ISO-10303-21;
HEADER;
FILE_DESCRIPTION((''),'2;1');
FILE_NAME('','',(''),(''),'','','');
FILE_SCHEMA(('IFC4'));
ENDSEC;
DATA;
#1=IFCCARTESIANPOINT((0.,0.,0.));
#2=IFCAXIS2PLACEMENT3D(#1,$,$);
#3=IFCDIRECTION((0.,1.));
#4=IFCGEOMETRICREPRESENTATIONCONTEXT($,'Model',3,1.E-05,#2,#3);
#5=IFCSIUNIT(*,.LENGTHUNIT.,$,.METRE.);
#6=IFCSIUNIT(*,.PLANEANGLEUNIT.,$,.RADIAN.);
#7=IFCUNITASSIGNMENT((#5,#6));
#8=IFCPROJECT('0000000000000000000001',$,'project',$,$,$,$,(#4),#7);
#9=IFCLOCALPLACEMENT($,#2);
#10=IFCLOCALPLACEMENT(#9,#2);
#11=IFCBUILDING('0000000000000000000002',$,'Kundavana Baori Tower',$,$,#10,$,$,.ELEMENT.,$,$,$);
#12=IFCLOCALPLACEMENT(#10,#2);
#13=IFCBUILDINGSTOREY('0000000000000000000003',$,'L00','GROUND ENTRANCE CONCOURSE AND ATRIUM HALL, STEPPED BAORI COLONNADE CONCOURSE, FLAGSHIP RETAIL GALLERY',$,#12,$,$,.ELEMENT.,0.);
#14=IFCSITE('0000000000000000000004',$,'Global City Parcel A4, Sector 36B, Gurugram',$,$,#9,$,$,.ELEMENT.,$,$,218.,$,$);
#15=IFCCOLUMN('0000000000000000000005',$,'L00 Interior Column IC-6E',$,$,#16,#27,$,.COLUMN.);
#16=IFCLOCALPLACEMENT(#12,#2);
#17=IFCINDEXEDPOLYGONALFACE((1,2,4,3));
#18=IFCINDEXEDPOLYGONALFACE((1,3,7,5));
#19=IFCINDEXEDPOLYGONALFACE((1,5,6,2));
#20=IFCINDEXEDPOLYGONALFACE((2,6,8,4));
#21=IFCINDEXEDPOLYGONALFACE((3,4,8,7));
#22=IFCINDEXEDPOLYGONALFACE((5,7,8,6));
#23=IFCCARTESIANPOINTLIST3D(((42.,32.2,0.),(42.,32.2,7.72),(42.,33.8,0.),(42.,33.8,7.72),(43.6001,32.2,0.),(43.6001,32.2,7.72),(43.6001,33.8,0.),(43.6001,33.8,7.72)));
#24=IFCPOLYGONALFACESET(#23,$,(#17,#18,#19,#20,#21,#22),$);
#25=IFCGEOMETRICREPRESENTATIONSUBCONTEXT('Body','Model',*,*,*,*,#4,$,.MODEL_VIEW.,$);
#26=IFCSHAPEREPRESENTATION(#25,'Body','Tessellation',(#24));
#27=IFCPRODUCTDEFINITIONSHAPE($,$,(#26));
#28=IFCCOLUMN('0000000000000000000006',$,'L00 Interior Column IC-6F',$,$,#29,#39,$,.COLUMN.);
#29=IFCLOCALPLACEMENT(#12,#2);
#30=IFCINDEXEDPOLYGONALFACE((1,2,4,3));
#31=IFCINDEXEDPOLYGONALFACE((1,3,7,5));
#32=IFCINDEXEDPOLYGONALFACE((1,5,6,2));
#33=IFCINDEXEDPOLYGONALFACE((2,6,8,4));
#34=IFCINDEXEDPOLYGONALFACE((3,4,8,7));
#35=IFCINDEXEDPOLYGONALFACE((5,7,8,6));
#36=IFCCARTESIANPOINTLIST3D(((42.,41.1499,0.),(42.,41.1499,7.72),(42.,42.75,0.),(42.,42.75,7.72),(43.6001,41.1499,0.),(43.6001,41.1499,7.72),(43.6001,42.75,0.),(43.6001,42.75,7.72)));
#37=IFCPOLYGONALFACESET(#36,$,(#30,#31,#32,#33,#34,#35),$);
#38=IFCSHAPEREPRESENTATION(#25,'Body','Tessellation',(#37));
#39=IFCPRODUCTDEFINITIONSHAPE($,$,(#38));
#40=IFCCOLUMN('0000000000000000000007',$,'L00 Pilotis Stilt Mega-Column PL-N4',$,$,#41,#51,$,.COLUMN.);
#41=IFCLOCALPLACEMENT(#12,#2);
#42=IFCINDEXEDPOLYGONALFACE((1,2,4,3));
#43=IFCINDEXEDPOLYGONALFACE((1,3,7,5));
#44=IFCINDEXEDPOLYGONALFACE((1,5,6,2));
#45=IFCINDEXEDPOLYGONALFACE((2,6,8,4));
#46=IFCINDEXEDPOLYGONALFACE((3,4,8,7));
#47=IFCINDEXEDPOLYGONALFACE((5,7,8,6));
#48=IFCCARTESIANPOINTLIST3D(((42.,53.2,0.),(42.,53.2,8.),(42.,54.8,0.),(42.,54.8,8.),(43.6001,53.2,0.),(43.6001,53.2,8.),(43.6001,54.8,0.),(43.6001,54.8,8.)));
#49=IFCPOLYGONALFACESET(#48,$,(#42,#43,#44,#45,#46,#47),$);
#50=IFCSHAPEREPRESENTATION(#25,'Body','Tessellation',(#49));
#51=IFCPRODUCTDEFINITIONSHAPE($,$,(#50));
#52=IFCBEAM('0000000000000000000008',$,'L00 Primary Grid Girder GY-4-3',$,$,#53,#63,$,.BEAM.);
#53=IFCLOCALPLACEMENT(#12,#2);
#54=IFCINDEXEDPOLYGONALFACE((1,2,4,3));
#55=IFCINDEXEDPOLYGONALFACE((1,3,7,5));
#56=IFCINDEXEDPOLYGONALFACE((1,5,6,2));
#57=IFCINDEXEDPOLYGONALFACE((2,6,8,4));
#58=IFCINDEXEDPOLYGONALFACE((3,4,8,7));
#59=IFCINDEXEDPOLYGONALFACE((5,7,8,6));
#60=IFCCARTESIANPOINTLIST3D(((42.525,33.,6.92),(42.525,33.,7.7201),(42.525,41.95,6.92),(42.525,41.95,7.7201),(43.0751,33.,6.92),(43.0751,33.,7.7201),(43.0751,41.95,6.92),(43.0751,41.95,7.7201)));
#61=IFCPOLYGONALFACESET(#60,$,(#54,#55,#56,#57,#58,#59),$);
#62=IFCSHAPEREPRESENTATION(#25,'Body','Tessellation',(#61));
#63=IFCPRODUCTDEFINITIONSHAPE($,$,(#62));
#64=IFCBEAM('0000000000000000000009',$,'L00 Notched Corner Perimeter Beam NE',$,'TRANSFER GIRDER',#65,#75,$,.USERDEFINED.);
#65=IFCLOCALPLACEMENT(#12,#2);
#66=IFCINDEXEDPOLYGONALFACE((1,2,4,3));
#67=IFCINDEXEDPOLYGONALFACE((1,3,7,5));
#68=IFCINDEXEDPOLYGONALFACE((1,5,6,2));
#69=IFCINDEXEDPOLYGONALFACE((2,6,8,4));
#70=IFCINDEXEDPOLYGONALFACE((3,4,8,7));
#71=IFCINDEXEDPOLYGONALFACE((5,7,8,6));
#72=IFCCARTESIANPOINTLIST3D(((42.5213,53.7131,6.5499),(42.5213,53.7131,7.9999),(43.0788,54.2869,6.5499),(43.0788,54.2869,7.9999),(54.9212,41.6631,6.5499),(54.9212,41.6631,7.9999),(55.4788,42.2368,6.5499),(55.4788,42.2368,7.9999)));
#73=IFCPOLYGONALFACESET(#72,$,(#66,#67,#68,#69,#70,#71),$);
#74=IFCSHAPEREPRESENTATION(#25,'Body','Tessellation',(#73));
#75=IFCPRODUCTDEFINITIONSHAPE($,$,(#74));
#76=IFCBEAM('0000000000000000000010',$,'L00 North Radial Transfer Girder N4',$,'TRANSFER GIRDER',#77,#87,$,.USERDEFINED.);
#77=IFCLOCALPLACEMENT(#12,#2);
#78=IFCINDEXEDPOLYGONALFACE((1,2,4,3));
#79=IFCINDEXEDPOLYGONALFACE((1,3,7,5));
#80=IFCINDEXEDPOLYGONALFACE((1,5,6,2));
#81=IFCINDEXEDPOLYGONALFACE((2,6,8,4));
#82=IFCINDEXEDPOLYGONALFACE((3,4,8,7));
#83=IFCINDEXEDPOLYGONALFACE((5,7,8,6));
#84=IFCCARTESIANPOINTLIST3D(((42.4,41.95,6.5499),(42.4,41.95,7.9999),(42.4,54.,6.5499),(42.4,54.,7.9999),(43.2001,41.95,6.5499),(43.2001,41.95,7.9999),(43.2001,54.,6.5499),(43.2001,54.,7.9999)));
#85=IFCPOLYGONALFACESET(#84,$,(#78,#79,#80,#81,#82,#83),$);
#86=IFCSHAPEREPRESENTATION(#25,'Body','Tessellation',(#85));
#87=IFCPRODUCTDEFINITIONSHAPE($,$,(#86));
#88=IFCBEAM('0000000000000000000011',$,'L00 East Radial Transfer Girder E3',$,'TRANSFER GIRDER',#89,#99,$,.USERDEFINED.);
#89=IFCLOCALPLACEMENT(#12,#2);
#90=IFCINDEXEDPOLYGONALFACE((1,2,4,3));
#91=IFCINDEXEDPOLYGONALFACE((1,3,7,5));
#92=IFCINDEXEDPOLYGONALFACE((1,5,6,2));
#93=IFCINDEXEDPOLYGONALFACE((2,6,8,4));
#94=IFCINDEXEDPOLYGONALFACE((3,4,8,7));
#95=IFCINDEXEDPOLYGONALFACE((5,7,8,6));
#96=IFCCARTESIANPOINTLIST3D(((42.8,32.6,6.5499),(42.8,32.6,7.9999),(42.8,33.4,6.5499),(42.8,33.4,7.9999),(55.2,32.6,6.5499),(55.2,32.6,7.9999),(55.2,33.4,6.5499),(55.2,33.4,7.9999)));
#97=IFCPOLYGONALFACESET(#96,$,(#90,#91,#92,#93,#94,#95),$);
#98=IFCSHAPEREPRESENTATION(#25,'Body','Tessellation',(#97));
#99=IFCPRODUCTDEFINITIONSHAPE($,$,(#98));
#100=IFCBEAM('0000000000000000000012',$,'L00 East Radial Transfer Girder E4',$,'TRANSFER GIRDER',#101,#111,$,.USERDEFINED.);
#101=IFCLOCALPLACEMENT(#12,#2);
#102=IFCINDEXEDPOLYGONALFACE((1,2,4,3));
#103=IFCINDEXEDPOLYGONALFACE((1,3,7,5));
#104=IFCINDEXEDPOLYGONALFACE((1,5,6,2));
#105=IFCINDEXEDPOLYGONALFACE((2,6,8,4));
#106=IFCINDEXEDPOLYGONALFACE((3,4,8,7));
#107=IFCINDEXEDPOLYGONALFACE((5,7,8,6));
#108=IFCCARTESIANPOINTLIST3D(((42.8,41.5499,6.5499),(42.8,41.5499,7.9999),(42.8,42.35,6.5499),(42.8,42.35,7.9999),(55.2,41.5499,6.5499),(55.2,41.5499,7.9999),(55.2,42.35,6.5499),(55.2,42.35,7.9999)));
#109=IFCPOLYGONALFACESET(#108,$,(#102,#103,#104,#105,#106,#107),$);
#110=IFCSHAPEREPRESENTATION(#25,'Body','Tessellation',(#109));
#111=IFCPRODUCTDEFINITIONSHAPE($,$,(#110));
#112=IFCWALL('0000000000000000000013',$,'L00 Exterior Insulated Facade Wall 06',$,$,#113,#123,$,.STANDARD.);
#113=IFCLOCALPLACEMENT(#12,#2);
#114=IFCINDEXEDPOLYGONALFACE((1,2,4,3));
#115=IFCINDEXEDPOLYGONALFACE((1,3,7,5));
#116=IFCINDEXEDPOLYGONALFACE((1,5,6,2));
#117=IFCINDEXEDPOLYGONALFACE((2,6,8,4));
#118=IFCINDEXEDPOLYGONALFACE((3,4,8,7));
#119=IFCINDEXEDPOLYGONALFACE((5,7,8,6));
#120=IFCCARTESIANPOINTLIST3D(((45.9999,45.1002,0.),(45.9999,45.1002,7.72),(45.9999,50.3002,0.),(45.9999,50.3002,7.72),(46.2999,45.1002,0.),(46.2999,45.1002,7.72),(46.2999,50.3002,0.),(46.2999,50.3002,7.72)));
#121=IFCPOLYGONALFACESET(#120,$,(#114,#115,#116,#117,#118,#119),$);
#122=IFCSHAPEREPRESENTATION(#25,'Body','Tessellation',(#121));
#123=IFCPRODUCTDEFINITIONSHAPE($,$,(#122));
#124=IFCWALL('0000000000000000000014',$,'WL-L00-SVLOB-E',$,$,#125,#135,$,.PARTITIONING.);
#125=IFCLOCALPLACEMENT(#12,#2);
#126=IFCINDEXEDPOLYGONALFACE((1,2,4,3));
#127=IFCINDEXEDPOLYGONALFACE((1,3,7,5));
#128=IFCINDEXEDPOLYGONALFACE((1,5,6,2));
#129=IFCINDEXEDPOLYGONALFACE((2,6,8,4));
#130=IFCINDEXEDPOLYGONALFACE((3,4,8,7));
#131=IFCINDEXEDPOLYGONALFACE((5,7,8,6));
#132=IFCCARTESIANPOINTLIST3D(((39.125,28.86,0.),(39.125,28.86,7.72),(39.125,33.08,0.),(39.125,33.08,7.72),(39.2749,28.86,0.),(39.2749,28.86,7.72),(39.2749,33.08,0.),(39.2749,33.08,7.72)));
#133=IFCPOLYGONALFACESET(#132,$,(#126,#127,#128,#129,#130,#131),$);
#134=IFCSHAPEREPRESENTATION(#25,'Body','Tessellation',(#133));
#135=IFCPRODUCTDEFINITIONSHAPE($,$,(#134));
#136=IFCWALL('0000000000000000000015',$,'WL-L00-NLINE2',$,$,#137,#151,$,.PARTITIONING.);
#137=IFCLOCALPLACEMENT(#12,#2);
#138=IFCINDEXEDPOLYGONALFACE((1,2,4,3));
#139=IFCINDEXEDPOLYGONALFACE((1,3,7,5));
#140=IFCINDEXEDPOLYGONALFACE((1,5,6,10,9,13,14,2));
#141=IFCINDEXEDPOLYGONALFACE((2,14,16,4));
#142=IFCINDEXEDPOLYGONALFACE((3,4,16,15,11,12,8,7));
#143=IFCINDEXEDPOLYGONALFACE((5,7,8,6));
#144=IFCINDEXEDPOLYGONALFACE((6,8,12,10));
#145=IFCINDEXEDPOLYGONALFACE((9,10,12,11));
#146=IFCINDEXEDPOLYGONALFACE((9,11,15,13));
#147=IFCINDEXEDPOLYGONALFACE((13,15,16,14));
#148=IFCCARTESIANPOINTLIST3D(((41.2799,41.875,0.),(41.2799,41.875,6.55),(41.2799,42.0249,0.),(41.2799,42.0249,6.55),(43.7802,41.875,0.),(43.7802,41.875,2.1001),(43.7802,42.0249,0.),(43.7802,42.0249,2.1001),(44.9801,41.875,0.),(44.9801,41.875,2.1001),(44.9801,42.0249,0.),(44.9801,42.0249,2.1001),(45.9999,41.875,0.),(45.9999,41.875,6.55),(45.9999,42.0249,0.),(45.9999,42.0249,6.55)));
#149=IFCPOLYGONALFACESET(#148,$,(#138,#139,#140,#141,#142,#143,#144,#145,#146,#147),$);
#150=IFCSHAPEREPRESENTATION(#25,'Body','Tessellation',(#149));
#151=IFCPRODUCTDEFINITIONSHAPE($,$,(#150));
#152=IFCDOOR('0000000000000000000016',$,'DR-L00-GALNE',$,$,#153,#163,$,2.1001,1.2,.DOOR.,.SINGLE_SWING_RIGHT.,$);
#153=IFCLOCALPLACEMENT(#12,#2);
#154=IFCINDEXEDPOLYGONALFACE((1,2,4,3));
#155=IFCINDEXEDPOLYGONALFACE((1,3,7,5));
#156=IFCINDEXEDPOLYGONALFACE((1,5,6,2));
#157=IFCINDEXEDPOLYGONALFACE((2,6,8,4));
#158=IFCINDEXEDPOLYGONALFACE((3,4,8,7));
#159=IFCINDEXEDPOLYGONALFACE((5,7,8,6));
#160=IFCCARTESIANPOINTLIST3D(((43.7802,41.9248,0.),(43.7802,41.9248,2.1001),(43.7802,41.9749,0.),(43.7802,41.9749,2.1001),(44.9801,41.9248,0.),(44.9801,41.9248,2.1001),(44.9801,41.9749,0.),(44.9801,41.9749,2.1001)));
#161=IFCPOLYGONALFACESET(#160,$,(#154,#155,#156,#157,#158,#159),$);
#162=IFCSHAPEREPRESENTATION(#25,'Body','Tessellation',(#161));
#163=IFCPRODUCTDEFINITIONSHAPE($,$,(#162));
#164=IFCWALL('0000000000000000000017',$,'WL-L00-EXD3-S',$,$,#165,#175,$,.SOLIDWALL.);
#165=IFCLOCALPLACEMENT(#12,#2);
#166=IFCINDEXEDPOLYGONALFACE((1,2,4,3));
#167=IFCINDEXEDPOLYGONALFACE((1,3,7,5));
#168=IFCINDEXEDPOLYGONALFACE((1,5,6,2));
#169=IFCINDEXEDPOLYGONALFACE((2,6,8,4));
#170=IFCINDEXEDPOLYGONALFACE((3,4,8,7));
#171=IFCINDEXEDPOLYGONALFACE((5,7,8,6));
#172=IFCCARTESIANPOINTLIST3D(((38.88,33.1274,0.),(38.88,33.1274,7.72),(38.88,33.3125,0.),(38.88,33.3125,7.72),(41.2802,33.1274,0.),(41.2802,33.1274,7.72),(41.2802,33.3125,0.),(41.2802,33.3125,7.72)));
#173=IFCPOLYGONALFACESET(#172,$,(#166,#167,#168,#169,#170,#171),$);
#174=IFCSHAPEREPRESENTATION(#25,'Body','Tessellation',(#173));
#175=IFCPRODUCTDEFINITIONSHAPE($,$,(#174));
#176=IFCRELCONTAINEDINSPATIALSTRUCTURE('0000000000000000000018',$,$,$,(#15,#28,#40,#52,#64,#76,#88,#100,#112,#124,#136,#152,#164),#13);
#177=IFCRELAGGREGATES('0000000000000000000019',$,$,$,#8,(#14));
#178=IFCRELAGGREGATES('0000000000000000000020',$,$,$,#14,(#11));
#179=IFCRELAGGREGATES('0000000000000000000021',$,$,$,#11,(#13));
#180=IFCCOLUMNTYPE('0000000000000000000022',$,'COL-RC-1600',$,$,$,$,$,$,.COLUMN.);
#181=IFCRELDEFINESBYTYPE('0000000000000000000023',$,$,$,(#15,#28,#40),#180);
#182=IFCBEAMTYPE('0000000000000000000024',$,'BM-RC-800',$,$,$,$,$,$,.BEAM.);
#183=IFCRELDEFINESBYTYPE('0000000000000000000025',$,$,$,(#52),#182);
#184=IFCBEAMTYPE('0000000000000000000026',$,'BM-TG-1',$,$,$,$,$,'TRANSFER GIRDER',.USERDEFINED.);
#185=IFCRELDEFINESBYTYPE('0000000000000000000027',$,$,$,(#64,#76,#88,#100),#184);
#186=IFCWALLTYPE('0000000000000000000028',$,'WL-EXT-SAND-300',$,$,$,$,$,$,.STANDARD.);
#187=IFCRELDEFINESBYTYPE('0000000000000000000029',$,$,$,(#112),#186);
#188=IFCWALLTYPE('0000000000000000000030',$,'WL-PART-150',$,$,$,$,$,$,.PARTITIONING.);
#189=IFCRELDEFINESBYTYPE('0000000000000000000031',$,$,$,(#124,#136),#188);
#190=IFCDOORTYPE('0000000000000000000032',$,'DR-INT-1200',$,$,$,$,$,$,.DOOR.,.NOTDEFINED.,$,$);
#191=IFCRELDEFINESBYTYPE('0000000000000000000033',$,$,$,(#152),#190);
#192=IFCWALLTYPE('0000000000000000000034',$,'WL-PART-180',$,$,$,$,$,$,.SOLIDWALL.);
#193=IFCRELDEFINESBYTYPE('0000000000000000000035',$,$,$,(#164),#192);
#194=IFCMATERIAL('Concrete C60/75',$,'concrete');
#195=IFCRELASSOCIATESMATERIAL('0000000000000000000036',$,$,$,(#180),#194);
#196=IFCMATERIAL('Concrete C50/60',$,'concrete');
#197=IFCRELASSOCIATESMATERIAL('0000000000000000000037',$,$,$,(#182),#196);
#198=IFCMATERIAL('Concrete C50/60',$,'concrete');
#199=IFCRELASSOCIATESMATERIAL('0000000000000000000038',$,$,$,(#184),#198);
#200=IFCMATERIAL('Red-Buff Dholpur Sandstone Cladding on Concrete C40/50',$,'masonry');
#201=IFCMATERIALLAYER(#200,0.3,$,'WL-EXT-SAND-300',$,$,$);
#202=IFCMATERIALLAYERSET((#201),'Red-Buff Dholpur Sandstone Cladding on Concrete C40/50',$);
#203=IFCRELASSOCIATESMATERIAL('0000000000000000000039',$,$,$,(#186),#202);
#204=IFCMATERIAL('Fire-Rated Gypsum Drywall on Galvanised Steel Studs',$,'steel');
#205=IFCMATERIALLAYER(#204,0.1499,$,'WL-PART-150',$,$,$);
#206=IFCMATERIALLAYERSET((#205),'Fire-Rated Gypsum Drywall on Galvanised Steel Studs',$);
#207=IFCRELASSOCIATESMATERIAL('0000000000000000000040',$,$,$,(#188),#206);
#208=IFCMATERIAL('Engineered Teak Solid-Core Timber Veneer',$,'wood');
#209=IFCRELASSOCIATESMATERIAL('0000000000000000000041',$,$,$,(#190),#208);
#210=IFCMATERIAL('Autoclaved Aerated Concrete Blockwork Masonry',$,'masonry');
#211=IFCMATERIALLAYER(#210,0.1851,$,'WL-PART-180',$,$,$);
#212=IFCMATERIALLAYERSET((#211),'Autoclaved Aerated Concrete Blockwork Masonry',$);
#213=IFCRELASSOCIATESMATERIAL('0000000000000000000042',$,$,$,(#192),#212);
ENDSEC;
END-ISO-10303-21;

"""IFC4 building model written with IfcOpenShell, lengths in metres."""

from ifc_helpers import new_model, si_unit, direction, frame, frame_2d, origin, origin_2d, place, context, subcontext, project, spatial, rectangle, extrude, material, layer, layer_set, material_profile, profile_set, type_object, element, fill, save


model = new_model("IFC4")

# Units and contexts
model_context = context("Model", 3, precision=1e-05, world=origin(), true_north=direction((0.0, 1.0)))
body_context = subcontext(model_context, "Body", "Model", "MODEL_VIEW")
ifc_project = project(units=[si_unit("LENGTHUNIT", "METRE"), si_unit("PLANEANGLEUNIT", "RADIAN")], contexts=[model_context])

# Site, building, storey
site_placement = place(None, origin())
site = spatial("IfcSite", under=ifc_project, at=site_placement, Name="Global City Parcel A4, Sector 36B, Gurugram", CompositionType="ELEMENT", RefElevation=218.0)
building_placement = place(site_placement, origin())
building = spatial("IfcBuilding", under=site, at=building_placement, Name="Kundavana Baori Tower", CompositionType="ELEMENT")
storey_placement = place(building_placement, origin())
storey = spatial("IfcBuildingStorey", under=building, at=storey_placement, Name="L00", Description="GROUND ENTRANCE CONCOURSE AND ATRIUM HALL, STEPPED BAORI COLONNADE CONCOURSE, FLAGSHIP RETAIL GALLERY", CompositionType="ELEMENT", Elevation=0.0)

# Columns
ifc_material_1 = material(Name="Concrete C60/75", Category="concrete")
ifc_material_profile_1 = material_profile(ifc_material_1, rectangle(XDim=1.6001, YDim=1.6001, at=origin_2d()), Name="RC 1600x1600")
ifc_profile_set_1 = profile_set([ifc_material_profile_1], Name="Concrete C60/75")
column_type = type_object("IfcColumnType", Name="COL-RC-1600", PredefinedType="COLUMN", material=ifc_profile_set_1)
for number, where, z_axis, x_axis, name in (
    (1, (42.8, 33.0, 0.0), (0.0, 0.0, 1.0), (1.0, 0.0, 0.0), "L00 Interior Column IC-6E"),
    (2, (42.8, 41.95, 0.0), (0.0, 0.0, 1.0), (1.0, 0.0, 0.0), "L00 Interior Column IC-6F"),
):
    element("IfcColumn", number, at=place(storey_placement, frame(where, z_axis=z_axis, x_axis=x_axis)), inside=storey, type_object=column_type, Name=name, PredefinedType="COLUMN", context=body_context, shape_type="SweptSolid", body=[
        extrude(rectangle(XDim=1.6001, YDim=1.6001, at=origin_2d()), origin(), (0.0, 0.0, 1.0), 7.72),
    ])
column_placement = place(storey_placement, frame((42.8, 54.0, 0.0), z_axis=(0.0, 0.0, 1.0), x_axis=(1.0, 0.0, 0.0)))
element("IfcColumn", 3, at=column_placement, inside=storey, type_object=column_type, Name="L00 Pilotis Stilt Mega-Column PL-N4", PredefinedType="COLUMN", context=body_context, shape_type="SweptSolid", body=[
    extrude(rectangle(XDim=1.6001, YDim=1.6001, at=origin_2d()), origin(), (0.0, 0.0, 1.0), 8.0),
])

# Beams
ifc_material_2 = material(Name="Concrete C50/60", Category="concrete")
ifc_material_profile_2 = material_profile(ifc_material_2, rectangle(XDim=0.55, YDim=0.8, at=origin_2d()), Name="RC BM 550x800")
ifc_profile_set_2 = profile_set([ifc_material_profile_2], Name="Concrete C50/60")
beam_type_1 = type_object("IfcBeamType", Name="BM-RC-800", PredefinedType="BEAM", material=ifc_profile_set_2)
beam_1_placement = place(storey_placement, frame((42.8, 33.0, 7.3201), z_axis=(0.0, 1.0, 0.0), x_axis=(-1.0, 0.0, 0.0)))
element("IfcBeam", 4, at=beam_1_placement, inside=storey, type_object=beam_type_1, Name="L00 Primary Grid Girder GY-4-3", PredefinedType="BEAM", context=body_context, shape_type="SweptSolid", body=[
    extrude(rectangle(XDim=0.55, YDim=0.8, at=origin_2d()), origin(), (0.0, 0.0, 1.0), 8.95),
])
ifc_material_3 = material(Name="Concrete C50/60", Category="concrete")
ifc_material_profile_3 = material_profile(ifc_material_3, rectangle(XDim=0.8, YDim=1.45, at=origin_2d()), Name="BM-TG-1")
ifc_profile_set_3 = profile_set([ifc_material_profile_3], Name="Concrete C50/60")
beam_type_2 = type_object("IfcBeamType", Name="BM-TG-1", ElementType="TRANSFER GIRDER", PredefinedType="USERDEFINED", material=ifc_profile_set_3)
beam_2_placement = place(storey_placement, frame((42.8, 54.0, 7.2749), z_axis=(0.717151, -0.696917, 0.0), x_axis=(0.696917, 0.717151, 0.0)))
element("IfcBeam", 5, at=beam_2_placement, inside=storey, type_object=beam_type_2, Name="L00 Notched Corner Perimeter Beam NE", ObjectType="TRANSFER GIRDER", PredefinedType="USERDEFINED", context=body_context, shape_type="SweptSolid", body=[
    extrude(rectangle(XDim=0.8, YDim=1.45, at=origin_2d()), origin(), (0.0, 0.0, 1.0), 17.2905),
])
beam_3_placement = place(storey_placement, frame((42.8, 41.95, 7.2749), z_axis=(0.0, 1.0, 0.0), x_axis=(-1.0, 0.0, 0.0)))
element("IfcBeam", 6, at=beam_3_placement, inside=storey, type_object=beam_type_2, Name="L00 North Radial Transfer Girder N4", ObjectType="TRANSFER GIRDER", PredefinedType="USERDEFINED", context=body_context, shape_type="SweptSolid", body=[
    extrude(rectangle(XDim=0.8, YDim=1.45, at=origin_2d()), origin(), (0.0, 0.0, 1.0), 12.05),
])
for number, where, z_axis, x_axis, name in (
    (7, (42.8, 33.0, 7.2749), (1.0, 0.0, 0.0), (0.0, 1.0, 0.0), "L00 East Radial Transfer Girder E3"),
    (8, (42.8, 41.95, 7.2749), (1.0, 0.0, 0.0), (0.0, 1.0, 0.0), "L00 East Radial Transfer Girder E4"),
):
    element("IfcBeam", number, at=place(storey_placement, frame(where, z_axis=z_axis, x_axis=x_axis)), inside=storey, type_object=beam_type_2, Name=name, ObjectType="TRANSFER GIRDER", PredefinedType="USERDEFINED", context=body_context, shape_type="SweptSolid", body=[
        extrude(rectangle(XDim=0.8, YDim=1.45, at=origin_2d()), origin(), (0.0, 0.0, 1.0), 12.3999),
    ])

# Walls
ifc_material_4 = material(Name="Red-Buff Dholpur Sandstone Cladding on Concrete C40/50", Category="masonry")
ifc_layer_1 = layer(ifc_material_4, 0.3, Name="WL-EXT-SAND-300")
ifc_layer_set_1 = layer_set([ifc_layer_1], Name="Red-Buff Dholpur Sandstone Cladding on Concrete C40/50")
wall_type_1 = type_object("IfcWallType", Name="WL-EXT-SAND-300", PredefinedType="STANDARD", material=ifc_layer_set_1)
wall_1_placement = place(storey_placement, frame((46.1499, 45.1001, 0.0), z_axis=(0.0, 0.0, 1.0), x_axis=(0.0, 1.0, 0.0)))
element("IfcWall", 9, at=wall_1_placement, inside=storey, type_object=wall_type_1, Name="L00 Exterior Insulated Facade Wall 06", PredefinedType="STANDARD", context=body_context, shape_type="SweptSolid", body=[
    extrude(rectangle(XDim=5.2, YDim=0.3, at=frame_2d((2.6001, 0.0))), origin(), (0.0, 0.0, 1.0), 7.72),
])
ifc_material_5 = material(Name="Fire-Rated Gypsum Drywall on Galvanised Steel Studs", Category="steel")
ifc_layer_2 = layer(ifc_material_5, 0.1499, Name="WL-PART-150")
ifc_layer_set_2 = layer_set([ifc_layer_2], Name="Fire-Rated Gypsum Drywall on Galvanised Steel Studs")
wall_type_2 = type_object("IfcWallType", Name="WL-PART-150", PredefinedType="PARTITIONING", material=ifc_layer_set_2)
wall_2_placement = place(storey_placement, frame((39.2, 28.8601, 0.0), z_axis=(0.0, 0.0, 1.0), x_axis=(0.0, 1.0, 0.0)))
element("IfcWall", 10, at=wall_2_placement, inside=storey, type_object=wall_type_2, Name="WL-L00-SVLOB-E", PredefinedType="PARTITIONING", context=body_context, shape_type="SweptSolid", body=[
    extrude(rectangle(XDim=4.22, YDim=0.1499, at=frame_2d((2.1099, 0.0))), origin(), (0.0, 0.0, 1.0), 7.72),
])

# Wall, opening, door
wall_3_placement = place(storey_placement, frame((41.28, 41.95, 0.0), z_axis=(0.0, 0.0, 1.0), x_axis=(1.0, 0.0, 0.0)))
wall_3 = element("IfcWall", 11, at=wall_3_placement, inside=storey, type_object=wall_type_2, Name="WL-L00-NLINE2", PredefinedType="PARTITIONING", context=body_context, shape_type="SweptSolid", body=[
    extrude(rectangle(XDim=4.72, YDim=0.1499, at=frame_2d((2.3599, 0.0))), origin(), (0.0, 0.0, 1.0), 6.55),
])
opening_1_placement = place(wall_3_placement, frame((2.5, 0.0, 0.0)))
opening_1 = element("IfcOpeningElement", 12, at=opening_1_placement, cuts=wall_3, PredefinedType="OPENING", context=body_context, shape_type="SweptSolid", body=[
    extrude(rectangle(XDim=1.2, YDim=2.1001, at=frame_2d((0.6001, 1.05))), frame((0.0, 0.085, 0.0), z_axis=(0.0, -1.0, 0.0), x_axis=(1.0, 0.0, 0.0)), (0.0, 0.0, 1.0), 0.1699),
])
ifc_material_6 = material(Name="Engineered Teak Solid-Core Timber Veneer", Category="wood")
door_type_1 = type_object("IfcDoorType", Name="DR-INT-1200", OperationType="NOTDEFINED", PredefinedType="DOOR", material=ifc_material_6)
door_1_placement = place(opening_1_placement, origin())
door_1 = element("IfcDoor", 13, at=door_1_placement, inside=storey, type_object=door_type_1, Name="DR-L00-GALNE", OperationType="SINGLE_SWING_RIGHT", OverallHeight=2.1001, OverallWidth=1.2, PredefinedType="DOOR", context=body_context, shape_type="SweptSolid", body=[
    extrude(rectangle(XDim=1.2, YDim=2.1001, at=frame_2d((0.6001, 1.05))), frame((0.0, 0.0249, 0.0), z_axis=(0.0, -1.0, 0.0), x_axis=(1.0, 0.0, 0.0)), (0.0, 0.0, 1.0), 0.05),
])
fill(opening_1, door_1)

# Wall
ifc_material_7 = material(Name="Autoclaved Aerated Concrete Blockwork Masonry", Category="masonry")
ifc_layer_3 = layer(ifc_material_7, 0.1851, Name="WL-PART-180")
ifc_layer_set_3 = layer_set([ifc_layer_3], Name="Autoclaved Aerated Concrete Blockwork Masonry")
wall_type_3 = type_object("IfcWallType", Name="WL-PART-180", PredefinedType="SOLIDWALL", material=ifc_layer_set_3)
wall_4_placement = place(storey_placement, frame((38.8799, 33.22, 0.0), z_axis=(0.0, 0.0, 1.0), x_axis=(1.0, 0.0, 0.0)))
element("IfcWall", 14, at=wall_4_placement, inside=storey, type_object=wall_type_3, Name="WL-L00-EXD3-S", PredefinedType="SOLIDWALL", context=body_context, shape_type="SweptSolid", body=[
    extrude(rectangle(XDim=2.4001, YDim=0.1851, at=frame_2d((1.2002, 0.0))), origin(), (0.0, 0.0, 1.0), 7.72),
])

save(model, "model.ifc")
